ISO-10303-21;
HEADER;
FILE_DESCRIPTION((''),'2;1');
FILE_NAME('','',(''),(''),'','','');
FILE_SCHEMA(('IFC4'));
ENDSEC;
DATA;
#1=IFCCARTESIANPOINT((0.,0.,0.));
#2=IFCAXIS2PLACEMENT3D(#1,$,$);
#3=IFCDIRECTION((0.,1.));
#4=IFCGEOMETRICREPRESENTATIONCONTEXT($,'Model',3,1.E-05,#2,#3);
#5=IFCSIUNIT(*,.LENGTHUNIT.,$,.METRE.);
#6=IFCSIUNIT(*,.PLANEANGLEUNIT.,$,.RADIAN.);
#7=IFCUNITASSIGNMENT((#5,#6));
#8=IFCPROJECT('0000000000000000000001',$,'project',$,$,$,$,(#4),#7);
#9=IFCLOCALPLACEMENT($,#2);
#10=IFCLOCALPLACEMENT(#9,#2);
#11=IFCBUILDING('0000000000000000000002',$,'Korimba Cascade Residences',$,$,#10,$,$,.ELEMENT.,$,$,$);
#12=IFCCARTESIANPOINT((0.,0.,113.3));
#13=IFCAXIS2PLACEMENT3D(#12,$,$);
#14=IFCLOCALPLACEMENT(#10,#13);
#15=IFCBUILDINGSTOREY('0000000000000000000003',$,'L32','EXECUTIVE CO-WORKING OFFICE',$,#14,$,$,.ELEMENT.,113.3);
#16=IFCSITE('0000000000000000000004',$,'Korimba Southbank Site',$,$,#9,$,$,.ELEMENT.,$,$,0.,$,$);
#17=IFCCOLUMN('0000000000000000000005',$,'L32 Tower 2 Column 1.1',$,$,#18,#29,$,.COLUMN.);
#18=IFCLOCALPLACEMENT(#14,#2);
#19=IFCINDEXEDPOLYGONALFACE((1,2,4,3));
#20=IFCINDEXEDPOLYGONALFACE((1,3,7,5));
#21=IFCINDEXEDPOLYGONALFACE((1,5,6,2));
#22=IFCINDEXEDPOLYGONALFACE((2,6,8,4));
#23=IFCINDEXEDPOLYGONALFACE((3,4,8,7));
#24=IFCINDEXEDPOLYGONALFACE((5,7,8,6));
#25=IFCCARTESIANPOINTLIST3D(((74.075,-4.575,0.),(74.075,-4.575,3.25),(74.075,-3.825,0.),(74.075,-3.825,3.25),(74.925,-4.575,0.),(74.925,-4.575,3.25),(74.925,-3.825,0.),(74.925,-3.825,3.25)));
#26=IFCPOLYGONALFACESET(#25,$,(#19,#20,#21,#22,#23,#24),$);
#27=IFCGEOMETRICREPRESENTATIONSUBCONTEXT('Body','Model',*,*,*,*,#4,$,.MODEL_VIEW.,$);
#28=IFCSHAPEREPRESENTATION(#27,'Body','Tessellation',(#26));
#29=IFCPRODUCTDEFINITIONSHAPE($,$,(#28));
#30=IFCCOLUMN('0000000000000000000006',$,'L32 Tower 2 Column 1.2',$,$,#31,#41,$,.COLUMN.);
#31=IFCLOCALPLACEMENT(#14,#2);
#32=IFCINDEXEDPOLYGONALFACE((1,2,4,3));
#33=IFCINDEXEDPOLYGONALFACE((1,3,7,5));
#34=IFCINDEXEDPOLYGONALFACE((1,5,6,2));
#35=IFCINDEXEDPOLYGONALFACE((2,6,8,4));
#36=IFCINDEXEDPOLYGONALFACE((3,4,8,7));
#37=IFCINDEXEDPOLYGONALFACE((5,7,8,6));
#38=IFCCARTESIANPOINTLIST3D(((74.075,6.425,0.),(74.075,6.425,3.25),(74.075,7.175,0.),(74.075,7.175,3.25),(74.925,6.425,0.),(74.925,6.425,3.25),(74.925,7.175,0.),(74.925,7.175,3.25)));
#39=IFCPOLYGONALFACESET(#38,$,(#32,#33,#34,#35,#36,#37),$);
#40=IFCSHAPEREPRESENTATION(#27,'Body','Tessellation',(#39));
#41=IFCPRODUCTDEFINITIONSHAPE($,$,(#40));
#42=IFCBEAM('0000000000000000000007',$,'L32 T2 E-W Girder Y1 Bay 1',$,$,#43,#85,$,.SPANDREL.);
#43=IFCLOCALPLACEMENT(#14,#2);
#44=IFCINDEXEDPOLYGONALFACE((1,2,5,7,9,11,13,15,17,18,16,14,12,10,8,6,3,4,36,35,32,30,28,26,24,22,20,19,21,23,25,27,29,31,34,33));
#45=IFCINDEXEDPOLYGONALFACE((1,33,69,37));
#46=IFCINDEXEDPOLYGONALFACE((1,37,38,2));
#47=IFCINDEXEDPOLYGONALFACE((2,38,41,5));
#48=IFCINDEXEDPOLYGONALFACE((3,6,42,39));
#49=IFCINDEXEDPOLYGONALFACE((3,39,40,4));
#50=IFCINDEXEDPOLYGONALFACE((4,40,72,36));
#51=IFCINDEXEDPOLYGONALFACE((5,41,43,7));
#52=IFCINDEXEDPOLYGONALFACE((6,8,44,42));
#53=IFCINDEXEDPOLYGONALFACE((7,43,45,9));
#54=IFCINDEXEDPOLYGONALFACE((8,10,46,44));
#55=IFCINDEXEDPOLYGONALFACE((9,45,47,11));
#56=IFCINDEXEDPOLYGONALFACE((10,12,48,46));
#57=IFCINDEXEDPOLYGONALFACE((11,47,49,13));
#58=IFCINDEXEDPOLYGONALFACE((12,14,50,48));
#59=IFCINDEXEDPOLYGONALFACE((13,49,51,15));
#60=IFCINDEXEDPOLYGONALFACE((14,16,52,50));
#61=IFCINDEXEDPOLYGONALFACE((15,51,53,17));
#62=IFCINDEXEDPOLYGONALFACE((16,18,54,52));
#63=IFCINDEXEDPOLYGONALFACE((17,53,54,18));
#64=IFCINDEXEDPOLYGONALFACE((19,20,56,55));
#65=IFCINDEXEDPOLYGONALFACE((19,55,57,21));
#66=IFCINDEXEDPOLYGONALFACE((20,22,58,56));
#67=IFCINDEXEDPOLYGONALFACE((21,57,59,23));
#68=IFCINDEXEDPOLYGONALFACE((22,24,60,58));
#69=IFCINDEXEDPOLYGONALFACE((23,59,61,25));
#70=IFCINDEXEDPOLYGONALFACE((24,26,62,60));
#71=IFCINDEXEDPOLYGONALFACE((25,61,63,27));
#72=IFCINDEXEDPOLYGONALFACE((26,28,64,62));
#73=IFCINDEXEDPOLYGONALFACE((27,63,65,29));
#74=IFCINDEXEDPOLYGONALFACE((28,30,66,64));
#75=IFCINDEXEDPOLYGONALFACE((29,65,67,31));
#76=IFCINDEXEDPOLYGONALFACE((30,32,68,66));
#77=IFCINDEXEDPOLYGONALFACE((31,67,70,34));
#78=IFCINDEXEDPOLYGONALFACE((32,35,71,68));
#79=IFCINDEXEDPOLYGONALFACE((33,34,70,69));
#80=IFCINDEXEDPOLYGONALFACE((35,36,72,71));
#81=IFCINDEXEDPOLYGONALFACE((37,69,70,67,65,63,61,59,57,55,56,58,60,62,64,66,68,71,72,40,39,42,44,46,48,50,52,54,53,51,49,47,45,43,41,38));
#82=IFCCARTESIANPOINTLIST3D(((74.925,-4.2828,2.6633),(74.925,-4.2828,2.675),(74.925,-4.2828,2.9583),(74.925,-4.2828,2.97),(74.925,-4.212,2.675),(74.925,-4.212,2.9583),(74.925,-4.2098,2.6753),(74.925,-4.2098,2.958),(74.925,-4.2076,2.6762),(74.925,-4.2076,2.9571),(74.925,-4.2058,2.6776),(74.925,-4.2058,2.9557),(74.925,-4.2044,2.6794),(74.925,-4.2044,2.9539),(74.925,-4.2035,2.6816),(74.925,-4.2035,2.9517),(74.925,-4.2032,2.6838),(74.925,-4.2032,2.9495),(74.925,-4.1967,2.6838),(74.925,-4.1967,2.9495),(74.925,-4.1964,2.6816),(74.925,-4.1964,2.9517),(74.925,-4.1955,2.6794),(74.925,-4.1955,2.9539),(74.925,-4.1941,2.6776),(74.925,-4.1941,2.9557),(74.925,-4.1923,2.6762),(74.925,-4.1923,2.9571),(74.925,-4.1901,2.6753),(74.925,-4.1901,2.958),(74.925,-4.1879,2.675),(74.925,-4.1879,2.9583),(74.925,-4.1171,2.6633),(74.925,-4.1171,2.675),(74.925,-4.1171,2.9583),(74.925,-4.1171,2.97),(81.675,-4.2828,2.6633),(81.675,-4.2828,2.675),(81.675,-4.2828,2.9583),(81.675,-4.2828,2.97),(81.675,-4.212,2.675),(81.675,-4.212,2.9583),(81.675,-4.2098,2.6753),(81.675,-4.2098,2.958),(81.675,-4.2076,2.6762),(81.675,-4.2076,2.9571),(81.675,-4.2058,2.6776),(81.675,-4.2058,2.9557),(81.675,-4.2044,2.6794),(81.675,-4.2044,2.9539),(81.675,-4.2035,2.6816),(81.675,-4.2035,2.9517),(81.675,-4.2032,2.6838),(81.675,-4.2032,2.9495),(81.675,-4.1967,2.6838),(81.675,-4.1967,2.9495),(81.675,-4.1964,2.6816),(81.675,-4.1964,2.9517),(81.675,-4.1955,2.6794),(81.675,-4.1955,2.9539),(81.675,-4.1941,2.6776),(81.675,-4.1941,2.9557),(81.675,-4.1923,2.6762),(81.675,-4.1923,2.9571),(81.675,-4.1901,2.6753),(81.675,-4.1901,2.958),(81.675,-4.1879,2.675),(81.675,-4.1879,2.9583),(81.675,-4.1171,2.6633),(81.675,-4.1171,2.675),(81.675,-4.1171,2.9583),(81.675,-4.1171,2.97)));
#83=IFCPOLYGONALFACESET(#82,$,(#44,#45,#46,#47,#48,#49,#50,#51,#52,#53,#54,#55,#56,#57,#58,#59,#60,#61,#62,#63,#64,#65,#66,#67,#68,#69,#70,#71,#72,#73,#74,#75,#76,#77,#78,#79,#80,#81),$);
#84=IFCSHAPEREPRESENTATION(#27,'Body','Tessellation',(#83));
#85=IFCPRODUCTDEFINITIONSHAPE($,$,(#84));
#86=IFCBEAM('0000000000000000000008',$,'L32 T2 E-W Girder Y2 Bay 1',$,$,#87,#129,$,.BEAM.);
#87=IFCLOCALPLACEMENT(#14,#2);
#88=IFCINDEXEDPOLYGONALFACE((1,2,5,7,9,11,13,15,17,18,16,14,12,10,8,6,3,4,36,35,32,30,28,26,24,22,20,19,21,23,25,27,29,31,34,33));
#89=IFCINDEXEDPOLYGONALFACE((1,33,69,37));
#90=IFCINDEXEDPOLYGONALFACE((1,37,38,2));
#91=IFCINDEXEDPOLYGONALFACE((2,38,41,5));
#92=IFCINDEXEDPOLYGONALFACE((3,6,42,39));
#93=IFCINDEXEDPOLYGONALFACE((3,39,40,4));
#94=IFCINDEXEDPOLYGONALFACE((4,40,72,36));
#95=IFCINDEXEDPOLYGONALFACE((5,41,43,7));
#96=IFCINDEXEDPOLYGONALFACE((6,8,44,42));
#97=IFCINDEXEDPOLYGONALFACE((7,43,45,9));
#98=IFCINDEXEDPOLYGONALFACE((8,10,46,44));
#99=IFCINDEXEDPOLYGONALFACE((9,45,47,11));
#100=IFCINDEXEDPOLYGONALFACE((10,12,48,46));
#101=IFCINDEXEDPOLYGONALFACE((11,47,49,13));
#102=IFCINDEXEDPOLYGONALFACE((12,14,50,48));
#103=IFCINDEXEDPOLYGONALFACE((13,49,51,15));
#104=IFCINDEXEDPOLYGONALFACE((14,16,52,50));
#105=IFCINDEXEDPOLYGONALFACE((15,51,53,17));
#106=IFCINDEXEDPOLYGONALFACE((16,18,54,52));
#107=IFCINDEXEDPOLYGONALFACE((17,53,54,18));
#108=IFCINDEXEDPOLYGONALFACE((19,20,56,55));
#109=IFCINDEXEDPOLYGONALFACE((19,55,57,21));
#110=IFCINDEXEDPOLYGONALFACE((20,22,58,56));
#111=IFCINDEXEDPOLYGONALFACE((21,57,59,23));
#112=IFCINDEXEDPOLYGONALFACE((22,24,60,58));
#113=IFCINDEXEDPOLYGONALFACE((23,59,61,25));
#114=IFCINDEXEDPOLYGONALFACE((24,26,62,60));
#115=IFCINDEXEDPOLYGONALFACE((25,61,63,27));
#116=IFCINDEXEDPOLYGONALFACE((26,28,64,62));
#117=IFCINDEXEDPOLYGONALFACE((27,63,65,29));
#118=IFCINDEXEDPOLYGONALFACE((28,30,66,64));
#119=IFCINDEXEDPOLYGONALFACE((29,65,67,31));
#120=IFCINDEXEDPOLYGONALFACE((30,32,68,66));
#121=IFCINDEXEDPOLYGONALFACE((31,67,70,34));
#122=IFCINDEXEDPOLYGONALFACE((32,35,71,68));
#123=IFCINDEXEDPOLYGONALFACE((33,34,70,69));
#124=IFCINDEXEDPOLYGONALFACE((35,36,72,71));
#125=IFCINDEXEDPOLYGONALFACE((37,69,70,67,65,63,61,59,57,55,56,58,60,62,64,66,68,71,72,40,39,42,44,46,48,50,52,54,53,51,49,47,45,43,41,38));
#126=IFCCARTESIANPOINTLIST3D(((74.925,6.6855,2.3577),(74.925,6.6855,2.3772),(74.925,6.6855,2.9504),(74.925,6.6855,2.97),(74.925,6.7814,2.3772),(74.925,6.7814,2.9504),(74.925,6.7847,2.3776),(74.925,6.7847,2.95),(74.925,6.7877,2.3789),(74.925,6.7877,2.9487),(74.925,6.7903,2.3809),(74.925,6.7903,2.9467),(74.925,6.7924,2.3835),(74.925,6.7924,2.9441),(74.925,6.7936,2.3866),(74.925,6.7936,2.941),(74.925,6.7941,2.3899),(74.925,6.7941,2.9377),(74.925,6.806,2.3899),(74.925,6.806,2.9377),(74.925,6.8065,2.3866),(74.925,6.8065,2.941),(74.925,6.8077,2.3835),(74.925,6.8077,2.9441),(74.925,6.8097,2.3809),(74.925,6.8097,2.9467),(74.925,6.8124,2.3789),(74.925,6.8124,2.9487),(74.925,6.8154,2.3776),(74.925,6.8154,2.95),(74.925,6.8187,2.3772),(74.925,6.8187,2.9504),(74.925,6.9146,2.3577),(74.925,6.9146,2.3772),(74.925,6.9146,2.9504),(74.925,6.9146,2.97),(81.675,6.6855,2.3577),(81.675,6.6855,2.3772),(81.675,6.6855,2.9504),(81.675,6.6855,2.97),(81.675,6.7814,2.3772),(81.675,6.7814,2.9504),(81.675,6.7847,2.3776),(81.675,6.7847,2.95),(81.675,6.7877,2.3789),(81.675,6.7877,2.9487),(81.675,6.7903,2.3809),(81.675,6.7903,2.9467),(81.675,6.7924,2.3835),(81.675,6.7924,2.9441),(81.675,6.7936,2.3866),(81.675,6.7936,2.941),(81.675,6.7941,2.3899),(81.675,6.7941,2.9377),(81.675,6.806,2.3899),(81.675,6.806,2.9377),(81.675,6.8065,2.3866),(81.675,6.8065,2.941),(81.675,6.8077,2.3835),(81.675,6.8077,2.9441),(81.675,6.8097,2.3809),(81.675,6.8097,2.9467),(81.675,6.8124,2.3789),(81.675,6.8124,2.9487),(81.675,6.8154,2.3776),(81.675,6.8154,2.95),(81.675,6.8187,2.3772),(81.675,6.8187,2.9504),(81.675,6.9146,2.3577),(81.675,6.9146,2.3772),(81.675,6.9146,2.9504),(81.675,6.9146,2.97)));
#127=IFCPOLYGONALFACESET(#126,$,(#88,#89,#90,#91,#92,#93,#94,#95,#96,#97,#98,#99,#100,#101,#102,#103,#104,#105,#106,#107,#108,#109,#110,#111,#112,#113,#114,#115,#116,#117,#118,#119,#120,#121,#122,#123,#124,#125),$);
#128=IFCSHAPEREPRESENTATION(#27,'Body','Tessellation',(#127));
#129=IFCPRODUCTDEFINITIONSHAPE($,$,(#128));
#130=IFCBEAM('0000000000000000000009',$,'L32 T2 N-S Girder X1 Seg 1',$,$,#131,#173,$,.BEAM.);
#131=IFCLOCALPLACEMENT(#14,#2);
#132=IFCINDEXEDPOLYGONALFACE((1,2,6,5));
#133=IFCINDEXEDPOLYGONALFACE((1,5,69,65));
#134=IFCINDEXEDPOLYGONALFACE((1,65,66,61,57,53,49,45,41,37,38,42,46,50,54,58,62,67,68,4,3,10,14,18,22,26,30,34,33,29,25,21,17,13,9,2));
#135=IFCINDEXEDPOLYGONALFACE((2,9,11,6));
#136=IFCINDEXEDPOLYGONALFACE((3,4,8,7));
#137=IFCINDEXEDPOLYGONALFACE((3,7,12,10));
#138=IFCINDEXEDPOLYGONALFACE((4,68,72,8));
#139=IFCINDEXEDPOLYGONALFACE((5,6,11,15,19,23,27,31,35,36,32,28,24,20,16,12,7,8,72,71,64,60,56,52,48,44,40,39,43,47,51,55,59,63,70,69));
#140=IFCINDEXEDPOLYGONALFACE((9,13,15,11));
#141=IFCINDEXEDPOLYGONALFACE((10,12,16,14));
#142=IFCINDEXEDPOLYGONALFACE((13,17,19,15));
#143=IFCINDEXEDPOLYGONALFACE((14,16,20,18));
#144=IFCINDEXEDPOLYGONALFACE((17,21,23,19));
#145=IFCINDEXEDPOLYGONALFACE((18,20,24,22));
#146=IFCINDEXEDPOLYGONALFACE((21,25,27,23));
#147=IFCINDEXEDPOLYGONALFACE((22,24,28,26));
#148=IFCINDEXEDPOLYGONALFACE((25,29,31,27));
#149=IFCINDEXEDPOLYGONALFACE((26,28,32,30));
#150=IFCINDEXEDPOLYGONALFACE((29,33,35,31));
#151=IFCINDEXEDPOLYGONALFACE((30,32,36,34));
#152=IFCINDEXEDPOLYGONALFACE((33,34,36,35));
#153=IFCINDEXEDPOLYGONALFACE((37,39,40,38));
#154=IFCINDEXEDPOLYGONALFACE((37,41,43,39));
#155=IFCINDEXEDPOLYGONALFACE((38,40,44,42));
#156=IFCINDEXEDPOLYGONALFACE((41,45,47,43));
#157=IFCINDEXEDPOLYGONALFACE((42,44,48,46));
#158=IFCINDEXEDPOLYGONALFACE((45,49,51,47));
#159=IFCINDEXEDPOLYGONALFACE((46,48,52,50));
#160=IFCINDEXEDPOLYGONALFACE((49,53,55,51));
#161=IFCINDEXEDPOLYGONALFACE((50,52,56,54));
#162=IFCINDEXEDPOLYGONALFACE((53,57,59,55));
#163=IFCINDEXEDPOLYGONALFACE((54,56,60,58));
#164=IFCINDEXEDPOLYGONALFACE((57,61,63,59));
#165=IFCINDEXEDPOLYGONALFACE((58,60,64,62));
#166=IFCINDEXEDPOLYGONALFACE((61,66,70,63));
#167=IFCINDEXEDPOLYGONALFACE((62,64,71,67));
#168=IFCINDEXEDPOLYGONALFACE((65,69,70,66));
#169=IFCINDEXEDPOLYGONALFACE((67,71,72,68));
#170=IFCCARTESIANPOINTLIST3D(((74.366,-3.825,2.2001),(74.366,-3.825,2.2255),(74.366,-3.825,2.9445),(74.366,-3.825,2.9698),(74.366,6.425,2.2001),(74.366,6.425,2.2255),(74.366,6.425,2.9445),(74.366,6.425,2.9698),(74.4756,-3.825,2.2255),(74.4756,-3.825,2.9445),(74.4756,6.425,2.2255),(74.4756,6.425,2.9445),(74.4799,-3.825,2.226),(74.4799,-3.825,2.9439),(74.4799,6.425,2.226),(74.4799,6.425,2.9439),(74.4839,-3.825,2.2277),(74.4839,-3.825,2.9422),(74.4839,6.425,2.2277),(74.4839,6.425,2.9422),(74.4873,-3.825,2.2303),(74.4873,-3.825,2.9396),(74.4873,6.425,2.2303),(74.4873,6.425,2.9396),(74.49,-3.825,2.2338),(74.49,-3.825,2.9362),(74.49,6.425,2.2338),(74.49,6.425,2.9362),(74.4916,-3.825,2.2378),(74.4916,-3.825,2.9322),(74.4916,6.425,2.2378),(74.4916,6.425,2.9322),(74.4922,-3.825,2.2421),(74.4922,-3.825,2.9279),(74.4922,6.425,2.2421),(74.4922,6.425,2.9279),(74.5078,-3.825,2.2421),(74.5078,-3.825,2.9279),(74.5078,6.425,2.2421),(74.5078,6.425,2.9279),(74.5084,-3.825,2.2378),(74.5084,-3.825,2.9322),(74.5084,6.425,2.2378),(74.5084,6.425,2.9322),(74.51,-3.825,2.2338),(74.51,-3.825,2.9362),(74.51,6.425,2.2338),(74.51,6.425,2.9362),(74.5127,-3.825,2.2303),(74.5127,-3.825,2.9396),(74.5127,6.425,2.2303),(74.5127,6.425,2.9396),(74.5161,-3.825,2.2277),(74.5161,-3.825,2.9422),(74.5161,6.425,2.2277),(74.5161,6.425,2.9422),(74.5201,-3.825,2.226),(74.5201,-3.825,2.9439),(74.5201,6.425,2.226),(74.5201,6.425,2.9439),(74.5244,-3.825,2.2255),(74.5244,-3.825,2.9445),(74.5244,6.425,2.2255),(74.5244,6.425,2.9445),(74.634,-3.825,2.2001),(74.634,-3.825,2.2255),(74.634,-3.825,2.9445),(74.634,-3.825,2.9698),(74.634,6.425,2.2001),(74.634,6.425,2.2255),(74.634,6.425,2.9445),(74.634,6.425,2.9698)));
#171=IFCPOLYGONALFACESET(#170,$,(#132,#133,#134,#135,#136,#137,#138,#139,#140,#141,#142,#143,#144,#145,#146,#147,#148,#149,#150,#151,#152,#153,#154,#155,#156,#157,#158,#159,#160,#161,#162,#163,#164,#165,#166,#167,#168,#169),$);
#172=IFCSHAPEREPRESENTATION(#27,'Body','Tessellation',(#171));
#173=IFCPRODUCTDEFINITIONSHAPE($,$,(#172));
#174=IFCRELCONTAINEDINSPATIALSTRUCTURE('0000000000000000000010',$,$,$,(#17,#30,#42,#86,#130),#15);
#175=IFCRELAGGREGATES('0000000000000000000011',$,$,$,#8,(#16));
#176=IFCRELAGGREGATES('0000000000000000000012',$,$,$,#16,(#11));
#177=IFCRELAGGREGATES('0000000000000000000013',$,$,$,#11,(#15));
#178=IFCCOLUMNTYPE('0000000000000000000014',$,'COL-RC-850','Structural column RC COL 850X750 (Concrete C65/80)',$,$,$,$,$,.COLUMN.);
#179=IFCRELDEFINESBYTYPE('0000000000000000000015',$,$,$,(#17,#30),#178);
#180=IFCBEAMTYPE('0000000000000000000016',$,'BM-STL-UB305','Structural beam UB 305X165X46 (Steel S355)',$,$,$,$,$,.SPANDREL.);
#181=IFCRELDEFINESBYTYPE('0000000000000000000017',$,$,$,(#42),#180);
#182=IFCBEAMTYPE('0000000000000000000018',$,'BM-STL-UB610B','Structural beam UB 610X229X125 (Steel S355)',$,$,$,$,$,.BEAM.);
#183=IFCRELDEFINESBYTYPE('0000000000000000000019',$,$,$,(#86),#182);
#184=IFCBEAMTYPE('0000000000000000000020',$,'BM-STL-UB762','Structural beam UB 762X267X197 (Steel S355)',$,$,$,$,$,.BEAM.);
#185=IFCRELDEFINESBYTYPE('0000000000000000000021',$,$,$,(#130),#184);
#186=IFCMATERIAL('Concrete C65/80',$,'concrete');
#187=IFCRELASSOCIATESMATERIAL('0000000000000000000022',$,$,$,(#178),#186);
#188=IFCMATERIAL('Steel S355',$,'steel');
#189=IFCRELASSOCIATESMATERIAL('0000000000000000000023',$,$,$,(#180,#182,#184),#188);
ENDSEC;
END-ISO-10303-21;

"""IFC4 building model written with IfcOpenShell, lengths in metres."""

from ifc_helpers import new_model, si_unit, direction, frame, origin, origin_2d, place, context, subcontext, project, spatial, rectangle, i_section, extrude, material, material_profile, profile_set, type_object, element, save


model = new_model("IFC4")

# Units and contexts
model_context = context("Model", 3, precision=1e-05, world=origin(), true_north=direction((0.0, 1.0)))
body_context = subcontext(model_context, "Body", "Model", "MODEL_VIEW")
ifc_project = project(units=[si_unit("LENGTHUNIT", "METRE"), si_unit("PLANEANGLEUNIT", "RADIAN")], contexts=[model_context])

# Site, building, storey
site_placement = place(None, origin())
site = spatial("IfcSite", under=ifc_project, at=site_placement, Name="Korimba Southbank Site", CompositionType="ELEMENT", RefElevation=0.0)
building_placement = place(site_placement, origin())
building = spatial("IfcBuilding", under=site, at=building_placement, Name="Korimba Cascade Residences", CompositionType="ELEMENT")
storey_placement = place(building_placement, frame((0.0, 0.0, 113.3)))
storey = spatial("IfcBuildingStorey", under=building, at=storey_placement, Name="L32", Description="EXECUTIVE CO-WORKING OFFICE", CompositionType="ELEMENT", Elevation=113.3)

# Columns
ifc_material_1 = material(Name="Concrete C65/80", Category="concrete")
ifc_material_profile_1 = material_profile(ifc_material_1, rectangle(XDim=0.8501, YDim=0.75, at=origin_2d()), Name="Concrete C65/80")
ifc_profile_set_1 = profile_set([ifc_material_profile_1], Name="Concrete C65/80")
column_type = type_object("IfcColumnType", Name="COL-RC-850", Description="Structural column RC COL 850X750 (Concrete C65/80)", PredefinedType="COLUMN", material=ifc_profile_set_1)
for number, where, z_axis, x_axis, name in (
    (1, (74.5, -4.2, 0.0), (0.0, 0.0, 1.0), (1.0, 0.0, 0.0), "L32 Tower 2 Column 1.1"),
    (2, (74.5, 6.8, 0.0), (0.0, 0.0, 1.0), (1.0, 0.0, 0.0), "L32 Tower 2 Column 1.2"),
):
    element("IfcColumn", number, at=place(storey_placement, frame(where, z_axis=z_axis, x_axis=x_axis)), inside=storey, type_object=column_type, Name=name, PredefinedType="COLUMN", context=body_context, shape_type="SweptSolid", body=[
        extrude(rectangle(XDim=0.8501, YDim=0.75, at=origin_2d()), origin(), (0.0, 0.0, 1.0), 3.25),
    ])

# Beams
ifc_material_2 = material(Name="Steel S355", Category="steel")
ifc_material_profile_2 = material_profile(ifc_material_2, i_section(OverallWidth=0.1658, OverallDepth=0.3066, WebThickness=0.0066, FlangeThickness=0.0117, FilletRadius=0.0088, at=origin_2d()), Name="Steel S355")
ifc_profile_set_2 = profile_set([ifc_material_profile_2], Name="Steel S355")
beam_type_1 = type_object("IfcBeamType", Name="BM-STL-UB305", Description="Structural beam UB 305X165X46 (Steel S355)", PredefinedType="SPANDREL", material=ifc_profile_set_2)
beam_1_placement = place(storey_placement, frame((74.925, -4.2, 2.8167), z_axis=(1.0, 0.0, 0.0), x_axis=(0.0, 1.0, 0.0)))
element("IfcBeam", 3, at=beam_1_placement, inside=storey, type_object=beam_type_1, Name="L32 T2 E-W Girder Y1 Bay 1", PredefinedType="SPANDREL", context=body_context, shape_type="SweptSolid", body=[
    extrude(i_section(OverallWidth=0.1658, OverallDepth=0.3066, WebThickness=0.0066, FlangeThickness=0.0117, FilletRadius=0.0088, at=origin_2d()), origin(), (0.0, 0.0, 1.0), 6.75),
])
ifc_material_profile_3 = material_profile(ifc_material_2, i_section(OverallWidth=0.229, OverallDepth=0.6123, WebThickness=0.012, FlangeThickness=0.0195, FilletRadius=0.0127, at=origin_2d()), Name="Steel S355")
ifc_profile_set_3 = profile_set([ifc_material_profile_3], Name="Steel S355")
beam_type_2 = type_object("IfcBeamType", Name="BM-STL-UB610B", Description="Structural beam UB 610X229X125 (Steel S355)", PredefinedType="BEAM", material=ifc_profile_set_3)
beam_2_placement = place(storey_placement, frame((74.925, 6.8, 2.6638), z_axis=(1.0, 0.0, 0.0), x_axis=(0.0, 1.0, 0.0)))
element("IfcBeam", 4, at=beam_2_placement, inside=storey, type_object=beam_type_2, Name="L32 T2 E-W Girder Y2 Bay 1", PredefinedType="BEAM", context=body_context, shape_type="SweptSolid", body=[
    extrude(i_section(OverallWidth=0.229, OverallDepth=0.6123, WebThickness=0.012, FlangeThickness=0.0195, FilletRadius=0.0127, at=origin_2d()), origin(), (0.0, 0.0, 1.0), 6.75),
])
ifc_material_profile_4 = material_profile(ifc_material_2, i_section(OverallWidth=0.2681, OverallDepth=0.7698, WebThickness=0.0156, FlangeThickness=0.0254, FilletRadius=0.0166, at=origin_2d()), Name="Steel S355")
ifc_profile_set_4 = profile_set([ifc_material_profile_4], Name="Steel S355")
beam_type_3 = type_object("IfcBeamType", Name="BM-STL-UB762", Description="Structural beam UB 762X267X197 (Steel S355)", PredefinedType="BEAM", material=ifc_profile_set_4)
beam_3_placement = place(storey_placement, frame((74.5, -3.825, 2.585), z_axis=(0.0, 1.0, 0.0), x_axis=(-1.0, 0.0, 0.0)))
element("IfcBeam", 5, at=beam_3_placement, inside=storey, type_object=beam_type_3, Name="L32 T2 N-S Girder X1 Seg 1", PredefinedType="BEAM", context=body_context, shape_type="SweptSolid", body=[
    extrude(i_section(OverallWidth=0.2681, OverallDepth=0.7698, WebThickness=0.0156, FlangeThickness=0.0254, FilletRadius=0.0166, at=origin_2d()), origin(), (0.0, 0.0, 1.0), 10.25),
])

save(model, "model.ifc")
